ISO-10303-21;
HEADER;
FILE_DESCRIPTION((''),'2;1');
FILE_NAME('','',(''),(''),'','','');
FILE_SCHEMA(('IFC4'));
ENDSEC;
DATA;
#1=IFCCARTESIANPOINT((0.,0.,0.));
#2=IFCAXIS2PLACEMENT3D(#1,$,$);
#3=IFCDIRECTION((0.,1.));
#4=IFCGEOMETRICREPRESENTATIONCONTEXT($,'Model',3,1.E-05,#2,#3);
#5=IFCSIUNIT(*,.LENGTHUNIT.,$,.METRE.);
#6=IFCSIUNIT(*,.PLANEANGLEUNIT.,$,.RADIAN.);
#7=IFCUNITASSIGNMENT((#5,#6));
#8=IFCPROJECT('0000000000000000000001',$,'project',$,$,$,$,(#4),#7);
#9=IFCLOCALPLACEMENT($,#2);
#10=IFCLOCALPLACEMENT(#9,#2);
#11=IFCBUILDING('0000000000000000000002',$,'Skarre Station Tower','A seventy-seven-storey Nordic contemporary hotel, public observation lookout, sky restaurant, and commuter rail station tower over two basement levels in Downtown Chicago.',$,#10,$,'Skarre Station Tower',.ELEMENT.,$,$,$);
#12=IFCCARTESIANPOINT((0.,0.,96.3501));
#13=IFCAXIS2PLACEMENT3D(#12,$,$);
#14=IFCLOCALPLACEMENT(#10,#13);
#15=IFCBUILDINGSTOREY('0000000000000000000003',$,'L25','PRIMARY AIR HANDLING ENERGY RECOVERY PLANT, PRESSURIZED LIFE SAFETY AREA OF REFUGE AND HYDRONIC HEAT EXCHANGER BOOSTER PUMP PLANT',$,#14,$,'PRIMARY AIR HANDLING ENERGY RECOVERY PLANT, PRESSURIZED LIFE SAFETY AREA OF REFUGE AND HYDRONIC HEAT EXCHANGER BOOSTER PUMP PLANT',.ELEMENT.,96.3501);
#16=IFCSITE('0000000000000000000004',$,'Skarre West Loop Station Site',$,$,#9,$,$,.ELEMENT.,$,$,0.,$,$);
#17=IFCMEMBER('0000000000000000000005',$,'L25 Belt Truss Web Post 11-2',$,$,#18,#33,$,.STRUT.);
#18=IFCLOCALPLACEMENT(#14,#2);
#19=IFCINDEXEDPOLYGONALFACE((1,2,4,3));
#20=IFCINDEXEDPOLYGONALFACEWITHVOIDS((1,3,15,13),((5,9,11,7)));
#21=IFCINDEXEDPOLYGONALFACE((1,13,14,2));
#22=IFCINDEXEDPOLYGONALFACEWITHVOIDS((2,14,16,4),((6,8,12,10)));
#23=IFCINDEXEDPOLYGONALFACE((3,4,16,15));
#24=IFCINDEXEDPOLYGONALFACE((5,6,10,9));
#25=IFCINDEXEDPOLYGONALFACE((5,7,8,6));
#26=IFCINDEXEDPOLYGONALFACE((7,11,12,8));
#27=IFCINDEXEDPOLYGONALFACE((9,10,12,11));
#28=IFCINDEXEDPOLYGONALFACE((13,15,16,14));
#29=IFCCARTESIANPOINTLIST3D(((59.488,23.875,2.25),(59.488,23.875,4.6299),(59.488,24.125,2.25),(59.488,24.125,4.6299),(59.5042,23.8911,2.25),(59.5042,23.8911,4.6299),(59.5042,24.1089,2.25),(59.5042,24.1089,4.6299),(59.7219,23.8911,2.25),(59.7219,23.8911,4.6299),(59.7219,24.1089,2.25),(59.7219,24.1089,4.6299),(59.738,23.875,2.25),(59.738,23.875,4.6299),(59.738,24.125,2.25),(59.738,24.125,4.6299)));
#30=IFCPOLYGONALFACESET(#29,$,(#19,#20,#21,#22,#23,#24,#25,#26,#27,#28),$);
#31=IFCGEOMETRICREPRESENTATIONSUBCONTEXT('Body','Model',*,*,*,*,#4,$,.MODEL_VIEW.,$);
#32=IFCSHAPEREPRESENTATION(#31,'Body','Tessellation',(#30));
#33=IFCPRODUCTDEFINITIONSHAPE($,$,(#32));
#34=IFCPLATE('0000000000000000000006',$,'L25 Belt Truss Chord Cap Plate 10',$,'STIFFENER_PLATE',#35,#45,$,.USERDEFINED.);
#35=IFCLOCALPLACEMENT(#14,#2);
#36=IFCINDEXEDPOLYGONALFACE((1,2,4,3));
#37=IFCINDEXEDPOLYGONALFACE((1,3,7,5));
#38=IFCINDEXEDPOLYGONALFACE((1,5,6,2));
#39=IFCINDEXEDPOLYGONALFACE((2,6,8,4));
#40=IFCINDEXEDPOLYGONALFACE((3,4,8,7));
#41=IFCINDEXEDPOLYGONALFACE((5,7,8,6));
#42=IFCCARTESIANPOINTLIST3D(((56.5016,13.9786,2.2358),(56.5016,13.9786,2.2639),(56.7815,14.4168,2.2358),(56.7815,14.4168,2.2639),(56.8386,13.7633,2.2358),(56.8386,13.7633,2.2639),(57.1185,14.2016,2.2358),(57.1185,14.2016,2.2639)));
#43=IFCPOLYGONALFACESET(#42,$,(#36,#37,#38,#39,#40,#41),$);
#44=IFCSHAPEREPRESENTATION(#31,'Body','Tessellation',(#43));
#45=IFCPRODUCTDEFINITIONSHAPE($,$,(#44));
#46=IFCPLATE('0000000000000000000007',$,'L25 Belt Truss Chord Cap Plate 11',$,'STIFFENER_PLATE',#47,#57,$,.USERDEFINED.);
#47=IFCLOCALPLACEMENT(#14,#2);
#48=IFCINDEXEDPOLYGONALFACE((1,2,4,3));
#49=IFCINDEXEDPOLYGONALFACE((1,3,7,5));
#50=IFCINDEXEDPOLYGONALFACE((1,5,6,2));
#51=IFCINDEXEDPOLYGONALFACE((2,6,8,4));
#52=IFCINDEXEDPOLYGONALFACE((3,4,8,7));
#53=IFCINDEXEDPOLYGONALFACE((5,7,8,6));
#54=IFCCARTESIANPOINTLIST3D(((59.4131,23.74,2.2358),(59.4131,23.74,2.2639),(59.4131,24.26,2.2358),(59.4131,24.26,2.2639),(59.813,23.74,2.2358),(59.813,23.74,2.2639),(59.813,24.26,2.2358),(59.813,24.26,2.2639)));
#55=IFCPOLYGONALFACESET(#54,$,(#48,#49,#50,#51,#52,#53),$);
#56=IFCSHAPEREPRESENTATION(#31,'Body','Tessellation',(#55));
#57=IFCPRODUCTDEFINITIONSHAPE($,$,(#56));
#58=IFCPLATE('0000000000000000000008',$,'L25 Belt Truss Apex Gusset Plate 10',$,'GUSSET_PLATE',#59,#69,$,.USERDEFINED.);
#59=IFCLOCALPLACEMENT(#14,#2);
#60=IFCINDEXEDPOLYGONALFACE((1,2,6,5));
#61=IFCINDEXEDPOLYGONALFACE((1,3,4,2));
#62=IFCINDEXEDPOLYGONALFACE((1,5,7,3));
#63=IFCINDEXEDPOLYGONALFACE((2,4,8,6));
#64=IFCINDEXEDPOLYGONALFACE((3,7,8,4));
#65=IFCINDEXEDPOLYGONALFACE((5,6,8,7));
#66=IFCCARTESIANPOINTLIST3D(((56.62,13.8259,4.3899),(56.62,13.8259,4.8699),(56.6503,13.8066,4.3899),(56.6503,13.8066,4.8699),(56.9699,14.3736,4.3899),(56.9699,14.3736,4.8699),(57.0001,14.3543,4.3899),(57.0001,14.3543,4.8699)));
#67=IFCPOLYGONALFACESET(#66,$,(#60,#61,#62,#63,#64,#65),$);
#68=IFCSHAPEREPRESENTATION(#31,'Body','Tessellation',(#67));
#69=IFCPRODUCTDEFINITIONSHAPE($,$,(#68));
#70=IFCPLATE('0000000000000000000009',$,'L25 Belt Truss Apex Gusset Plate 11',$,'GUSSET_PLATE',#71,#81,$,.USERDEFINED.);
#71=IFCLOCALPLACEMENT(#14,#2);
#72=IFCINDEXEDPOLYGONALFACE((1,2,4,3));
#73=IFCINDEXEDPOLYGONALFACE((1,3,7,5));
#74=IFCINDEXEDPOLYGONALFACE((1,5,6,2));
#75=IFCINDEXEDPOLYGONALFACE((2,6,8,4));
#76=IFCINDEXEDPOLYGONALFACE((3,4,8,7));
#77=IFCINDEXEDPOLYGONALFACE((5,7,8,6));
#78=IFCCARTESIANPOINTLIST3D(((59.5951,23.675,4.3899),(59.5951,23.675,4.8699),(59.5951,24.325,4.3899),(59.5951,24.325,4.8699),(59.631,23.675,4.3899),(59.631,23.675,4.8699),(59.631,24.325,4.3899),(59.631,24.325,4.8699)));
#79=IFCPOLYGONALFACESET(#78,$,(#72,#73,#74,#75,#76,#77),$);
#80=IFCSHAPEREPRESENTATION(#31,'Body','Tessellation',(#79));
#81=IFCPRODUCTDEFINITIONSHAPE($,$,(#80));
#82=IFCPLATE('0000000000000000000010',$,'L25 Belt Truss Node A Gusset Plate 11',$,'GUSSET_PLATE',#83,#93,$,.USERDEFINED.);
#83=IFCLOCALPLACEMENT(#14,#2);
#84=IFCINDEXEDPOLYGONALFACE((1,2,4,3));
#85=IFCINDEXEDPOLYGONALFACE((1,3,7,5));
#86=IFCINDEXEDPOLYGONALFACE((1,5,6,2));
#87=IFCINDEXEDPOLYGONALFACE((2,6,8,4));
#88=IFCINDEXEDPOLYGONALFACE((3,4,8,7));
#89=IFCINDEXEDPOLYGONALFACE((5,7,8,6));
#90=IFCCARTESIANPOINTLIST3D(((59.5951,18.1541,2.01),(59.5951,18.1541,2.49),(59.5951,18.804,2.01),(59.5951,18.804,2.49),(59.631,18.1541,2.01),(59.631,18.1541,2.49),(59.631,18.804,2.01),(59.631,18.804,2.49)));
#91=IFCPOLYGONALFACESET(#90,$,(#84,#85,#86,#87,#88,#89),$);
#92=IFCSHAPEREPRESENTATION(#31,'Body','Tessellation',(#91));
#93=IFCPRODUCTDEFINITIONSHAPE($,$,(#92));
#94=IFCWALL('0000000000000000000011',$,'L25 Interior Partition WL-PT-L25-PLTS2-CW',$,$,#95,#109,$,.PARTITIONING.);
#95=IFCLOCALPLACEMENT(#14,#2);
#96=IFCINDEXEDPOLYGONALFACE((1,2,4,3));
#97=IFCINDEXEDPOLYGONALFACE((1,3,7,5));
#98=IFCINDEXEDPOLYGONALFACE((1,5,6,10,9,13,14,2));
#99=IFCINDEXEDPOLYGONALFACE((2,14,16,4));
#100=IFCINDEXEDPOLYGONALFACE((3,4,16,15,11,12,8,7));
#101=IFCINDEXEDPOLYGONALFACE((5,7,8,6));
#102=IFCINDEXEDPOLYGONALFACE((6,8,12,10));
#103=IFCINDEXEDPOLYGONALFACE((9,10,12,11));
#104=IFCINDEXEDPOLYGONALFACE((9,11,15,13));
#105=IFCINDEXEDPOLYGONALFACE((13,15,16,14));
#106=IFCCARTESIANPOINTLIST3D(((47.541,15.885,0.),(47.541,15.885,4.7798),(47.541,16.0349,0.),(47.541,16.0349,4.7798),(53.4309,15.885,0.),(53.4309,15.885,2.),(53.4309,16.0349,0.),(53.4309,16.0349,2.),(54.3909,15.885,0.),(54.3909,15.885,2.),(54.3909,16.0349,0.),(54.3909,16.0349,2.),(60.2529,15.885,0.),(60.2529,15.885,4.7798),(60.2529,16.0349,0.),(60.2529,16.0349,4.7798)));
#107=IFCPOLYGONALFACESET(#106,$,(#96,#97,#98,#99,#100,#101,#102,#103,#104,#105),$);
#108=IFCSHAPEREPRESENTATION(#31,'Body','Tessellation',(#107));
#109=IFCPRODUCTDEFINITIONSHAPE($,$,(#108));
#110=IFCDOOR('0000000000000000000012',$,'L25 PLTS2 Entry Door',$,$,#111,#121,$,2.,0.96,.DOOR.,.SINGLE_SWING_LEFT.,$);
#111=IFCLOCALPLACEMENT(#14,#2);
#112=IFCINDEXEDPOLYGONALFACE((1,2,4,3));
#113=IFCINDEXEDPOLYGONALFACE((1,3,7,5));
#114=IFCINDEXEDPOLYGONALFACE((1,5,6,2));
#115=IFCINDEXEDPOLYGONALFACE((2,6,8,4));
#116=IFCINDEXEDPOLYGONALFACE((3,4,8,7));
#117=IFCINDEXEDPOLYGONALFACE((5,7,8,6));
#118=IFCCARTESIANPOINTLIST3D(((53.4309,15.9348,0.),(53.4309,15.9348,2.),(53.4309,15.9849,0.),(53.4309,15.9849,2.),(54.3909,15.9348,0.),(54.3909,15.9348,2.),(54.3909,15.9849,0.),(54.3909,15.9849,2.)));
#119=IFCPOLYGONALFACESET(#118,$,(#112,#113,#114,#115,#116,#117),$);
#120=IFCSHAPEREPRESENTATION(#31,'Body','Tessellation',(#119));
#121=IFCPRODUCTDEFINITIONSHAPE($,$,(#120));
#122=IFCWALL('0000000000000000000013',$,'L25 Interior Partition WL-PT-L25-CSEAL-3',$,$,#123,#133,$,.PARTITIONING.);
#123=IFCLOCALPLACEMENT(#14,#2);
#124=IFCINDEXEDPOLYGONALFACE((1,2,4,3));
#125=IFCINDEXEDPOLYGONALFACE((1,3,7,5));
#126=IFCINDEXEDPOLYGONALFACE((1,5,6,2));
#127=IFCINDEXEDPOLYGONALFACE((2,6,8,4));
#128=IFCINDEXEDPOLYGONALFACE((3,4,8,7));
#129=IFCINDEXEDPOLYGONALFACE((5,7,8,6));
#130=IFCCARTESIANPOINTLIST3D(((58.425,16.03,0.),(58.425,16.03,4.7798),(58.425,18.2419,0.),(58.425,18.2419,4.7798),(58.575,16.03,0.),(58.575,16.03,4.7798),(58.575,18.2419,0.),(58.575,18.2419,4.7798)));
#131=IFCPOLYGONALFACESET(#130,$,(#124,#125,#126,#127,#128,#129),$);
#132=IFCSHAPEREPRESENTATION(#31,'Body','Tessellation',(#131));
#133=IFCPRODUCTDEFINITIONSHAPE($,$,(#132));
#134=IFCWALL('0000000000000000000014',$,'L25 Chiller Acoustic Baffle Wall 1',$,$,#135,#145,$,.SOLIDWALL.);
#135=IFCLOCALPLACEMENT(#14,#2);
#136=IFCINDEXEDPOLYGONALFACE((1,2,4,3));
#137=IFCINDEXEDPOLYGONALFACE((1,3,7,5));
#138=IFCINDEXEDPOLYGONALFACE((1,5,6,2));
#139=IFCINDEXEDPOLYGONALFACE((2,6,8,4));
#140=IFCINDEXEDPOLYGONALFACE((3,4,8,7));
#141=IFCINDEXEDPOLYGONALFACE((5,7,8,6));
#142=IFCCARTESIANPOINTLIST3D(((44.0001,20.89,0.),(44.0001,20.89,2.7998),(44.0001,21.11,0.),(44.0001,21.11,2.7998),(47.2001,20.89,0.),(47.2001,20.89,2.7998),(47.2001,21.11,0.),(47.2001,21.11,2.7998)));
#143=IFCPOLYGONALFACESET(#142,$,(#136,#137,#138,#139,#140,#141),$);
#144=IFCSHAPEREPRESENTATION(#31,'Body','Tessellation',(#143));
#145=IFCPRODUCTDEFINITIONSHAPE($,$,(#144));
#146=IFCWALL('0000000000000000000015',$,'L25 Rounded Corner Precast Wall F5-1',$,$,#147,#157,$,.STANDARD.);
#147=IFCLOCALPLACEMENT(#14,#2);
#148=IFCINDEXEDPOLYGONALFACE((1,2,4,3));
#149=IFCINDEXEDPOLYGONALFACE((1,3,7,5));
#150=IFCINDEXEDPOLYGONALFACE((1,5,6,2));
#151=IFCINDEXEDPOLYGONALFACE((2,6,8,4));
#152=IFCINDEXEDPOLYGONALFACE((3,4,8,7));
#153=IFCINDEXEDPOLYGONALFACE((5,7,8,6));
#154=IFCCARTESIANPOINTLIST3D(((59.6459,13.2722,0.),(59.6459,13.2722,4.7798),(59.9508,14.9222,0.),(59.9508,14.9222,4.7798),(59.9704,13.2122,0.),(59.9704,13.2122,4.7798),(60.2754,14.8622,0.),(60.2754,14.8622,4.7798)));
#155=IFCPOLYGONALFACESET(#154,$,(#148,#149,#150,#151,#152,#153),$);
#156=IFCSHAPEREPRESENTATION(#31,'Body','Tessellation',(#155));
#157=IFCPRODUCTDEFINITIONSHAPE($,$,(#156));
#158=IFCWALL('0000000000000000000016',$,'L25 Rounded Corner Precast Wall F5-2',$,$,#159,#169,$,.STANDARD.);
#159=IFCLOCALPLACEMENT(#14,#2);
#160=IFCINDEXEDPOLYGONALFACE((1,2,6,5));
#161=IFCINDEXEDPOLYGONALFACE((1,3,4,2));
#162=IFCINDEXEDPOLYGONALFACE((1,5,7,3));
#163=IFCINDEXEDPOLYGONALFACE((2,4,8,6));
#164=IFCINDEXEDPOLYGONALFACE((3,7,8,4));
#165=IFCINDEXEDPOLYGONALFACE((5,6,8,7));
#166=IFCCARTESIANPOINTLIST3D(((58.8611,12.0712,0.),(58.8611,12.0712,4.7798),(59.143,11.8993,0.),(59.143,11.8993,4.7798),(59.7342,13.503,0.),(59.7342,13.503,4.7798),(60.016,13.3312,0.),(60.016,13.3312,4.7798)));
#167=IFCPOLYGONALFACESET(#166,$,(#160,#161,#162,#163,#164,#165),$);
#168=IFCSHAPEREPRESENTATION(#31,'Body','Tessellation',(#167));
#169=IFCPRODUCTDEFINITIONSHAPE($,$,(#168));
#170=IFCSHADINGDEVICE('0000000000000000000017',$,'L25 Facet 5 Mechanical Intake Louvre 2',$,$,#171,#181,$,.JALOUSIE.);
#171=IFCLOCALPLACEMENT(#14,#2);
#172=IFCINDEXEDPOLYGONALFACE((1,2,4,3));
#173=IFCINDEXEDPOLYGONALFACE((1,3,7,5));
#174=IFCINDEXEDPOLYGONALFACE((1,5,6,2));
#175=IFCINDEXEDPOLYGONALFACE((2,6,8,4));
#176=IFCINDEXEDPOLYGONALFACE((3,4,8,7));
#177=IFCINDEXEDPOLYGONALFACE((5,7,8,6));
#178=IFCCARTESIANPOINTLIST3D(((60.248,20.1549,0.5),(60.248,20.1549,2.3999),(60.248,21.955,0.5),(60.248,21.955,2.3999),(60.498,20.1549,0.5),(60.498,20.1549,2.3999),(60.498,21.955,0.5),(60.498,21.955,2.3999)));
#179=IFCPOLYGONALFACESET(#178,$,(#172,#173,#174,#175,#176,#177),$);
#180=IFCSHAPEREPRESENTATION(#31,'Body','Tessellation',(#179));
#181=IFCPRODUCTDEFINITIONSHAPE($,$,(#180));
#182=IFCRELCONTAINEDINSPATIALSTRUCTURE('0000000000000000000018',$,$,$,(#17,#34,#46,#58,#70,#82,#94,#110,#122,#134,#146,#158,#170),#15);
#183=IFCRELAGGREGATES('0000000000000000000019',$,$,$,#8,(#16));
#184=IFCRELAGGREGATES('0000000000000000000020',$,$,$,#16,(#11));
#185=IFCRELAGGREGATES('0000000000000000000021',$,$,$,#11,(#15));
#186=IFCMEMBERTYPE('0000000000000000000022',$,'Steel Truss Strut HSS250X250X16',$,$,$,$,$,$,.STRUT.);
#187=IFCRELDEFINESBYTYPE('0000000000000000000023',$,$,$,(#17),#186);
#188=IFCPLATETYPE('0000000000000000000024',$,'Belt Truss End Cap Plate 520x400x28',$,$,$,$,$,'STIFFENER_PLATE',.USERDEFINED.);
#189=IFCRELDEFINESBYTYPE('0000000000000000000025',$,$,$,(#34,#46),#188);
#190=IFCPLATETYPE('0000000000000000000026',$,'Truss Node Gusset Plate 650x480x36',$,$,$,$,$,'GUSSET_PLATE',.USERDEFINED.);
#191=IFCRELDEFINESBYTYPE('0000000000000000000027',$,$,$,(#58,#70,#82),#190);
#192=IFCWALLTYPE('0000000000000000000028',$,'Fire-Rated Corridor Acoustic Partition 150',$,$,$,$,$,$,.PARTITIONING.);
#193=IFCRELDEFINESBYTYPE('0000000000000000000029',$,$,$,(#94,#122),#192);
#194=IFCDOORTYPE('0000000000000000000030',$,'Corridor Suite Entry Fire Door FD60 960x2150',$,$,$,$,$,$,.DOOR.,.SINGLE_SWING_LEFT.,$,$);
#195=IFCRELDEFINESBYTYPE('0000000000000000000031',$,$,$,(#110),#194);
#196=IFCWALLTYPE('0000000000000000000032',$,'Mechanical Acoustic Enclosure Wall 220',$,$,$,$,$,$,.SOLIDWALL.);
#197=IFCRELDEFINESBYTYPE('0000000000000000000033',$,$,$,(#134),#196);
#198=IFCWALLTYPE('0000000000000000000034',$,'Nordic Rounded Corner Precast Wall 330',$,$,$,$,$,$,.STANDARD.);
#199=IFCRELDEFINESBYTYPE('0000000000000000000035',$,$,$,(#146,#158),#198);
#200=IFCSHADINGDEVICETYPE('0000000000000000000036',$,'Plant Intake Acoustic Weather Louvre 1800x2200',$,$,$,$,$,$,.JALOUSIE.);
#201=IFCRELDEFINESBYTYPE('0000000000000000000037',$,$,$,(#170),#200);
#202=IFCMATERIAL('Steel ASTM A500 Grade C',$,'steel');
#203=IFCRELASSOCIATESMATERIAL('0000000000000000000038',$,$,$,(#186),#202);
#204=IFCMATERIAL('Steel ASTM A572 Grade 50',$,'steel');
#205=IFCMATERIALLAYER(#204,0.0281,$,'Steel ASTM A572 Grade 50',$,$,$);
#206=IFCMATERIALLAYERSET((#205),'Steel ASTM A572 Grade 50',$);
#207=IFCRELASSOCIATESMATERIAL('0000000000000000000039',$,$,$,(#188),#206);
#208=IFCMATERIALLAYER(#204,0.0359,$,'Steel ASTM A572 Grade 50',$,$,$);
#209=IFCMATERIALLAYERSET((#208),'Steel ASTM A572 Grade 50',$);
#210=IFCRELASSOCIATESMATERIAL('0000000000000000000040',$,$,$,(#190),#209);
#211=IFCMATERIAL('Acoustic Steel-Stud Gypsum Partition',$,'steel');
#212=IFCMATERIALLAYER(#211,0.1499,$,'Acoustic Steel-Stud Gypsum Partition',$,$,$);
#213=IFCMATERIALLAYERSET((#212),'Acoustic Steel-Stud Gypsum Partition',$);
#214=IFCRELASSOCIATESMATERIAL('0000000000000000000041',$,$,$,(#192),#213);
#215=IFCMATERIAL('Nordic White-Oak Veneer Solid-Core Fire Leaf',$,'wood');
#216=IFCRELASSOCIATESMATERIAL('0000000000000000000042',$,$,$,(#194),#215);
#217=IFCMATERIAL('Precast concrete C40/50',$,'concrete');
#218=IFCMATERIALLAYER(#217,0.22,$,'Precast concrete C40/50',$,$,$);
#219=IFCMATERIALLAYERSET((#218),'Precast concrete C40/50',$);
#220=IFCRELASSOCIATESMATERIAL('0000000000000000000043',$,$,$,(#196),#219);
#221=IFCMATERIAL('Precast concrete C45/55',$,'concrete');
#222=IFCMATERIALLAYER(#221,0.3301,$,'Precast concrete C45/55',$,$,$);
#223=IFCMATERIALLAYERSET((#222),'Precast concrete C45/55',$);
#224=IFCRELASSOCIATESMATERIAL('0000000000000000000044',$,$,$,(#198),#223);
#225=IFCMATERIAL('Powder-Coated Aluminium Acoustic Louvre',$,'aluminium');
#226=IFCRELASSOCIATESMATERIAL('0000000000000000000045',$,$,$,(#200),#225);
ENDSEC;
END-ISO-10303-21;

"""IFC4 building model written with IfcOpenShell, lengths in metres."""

from ifc_helpers import new_model, si_unit, direction, frame, frame_2d, origin, origin_2d, place, context, subcontext, project, spatial, rectangle, hollow_rectangle, extrude, material, layer, layer_set, material_profile, profile_set, type_object, element, fill, save


model = new_model("IFC4")

# Units and contexts
model_context = context("Model", 3, precision=1e-05, world=origin(), true_north=direction((0.0, 1.0)))
body_context = subcontext(model_context, "Body", "Model", "MODEL_VIEW")
ifc_project = project(units=[si_unit("LENGTHUNIT", "METRE"), si_unit("PLANEANGLEUNIT", "RADIAN")], contexts=[model_context])

# Site, building, storey
site_placement = place(None, origin())
site = spatial("IfcSite", under=ifc_project, at=site_placement, Name="Skarre West Loop Station Site", CompositionType="ELEMENT", RefElevation=0.0)
building_placement = place(site_placement, origin())
building = spatial("IfcBuilding", under=site, at=building_placement, Name="Skarre Station Tower", Description="A seventy-seven-storey Nordic contemporary hotel, public observation lookout, sky restaurant, and commuter rail station tower over two basement levels in Downtown Chicago.", LongName="Skarre Station Tower", CompositionType="ELEMENT")
storey_placement = place(building_placement, frame((0.0, 0.0, 96.3501)))
storey = spatial("IfcBuildingStorey", under=building, at=storey_placement, Name="L25", Description="PRIMARY AIR HANDLING ENERGY RECOVERY PLANT, PRESSURIZED LIFE SAFETY AREA OF REFUGE AND HYDRONIC HEAT EXCHANGER BOOSTER PUMP PLANT", LongName="PRIMARY AIR HANDLING ENERGY RECOVERY PLANT, PRESSURIZED LIFE SAFETY AREA OF REFUGE AND HYDRONIC HEAT EXCHANGER BOOSTER PUMP PLANT", CompositionType="ELEMENT", Elevation=96.3501)

# Member
ifc_material_1 = material(Name="Steel ASTM A500 Grade C", Category="steel")
ifc_material_profile_1 = material_profile(ifc_material_1, hollow_rectangle(XDim=0.25, YDim=0.25, WallThickness=0.0161, at=origin_2d()), Name="Steel ASTM A500 Grade C")
ifc_profile_set_1 = profile_set([ifc_material_profile_1], Name="Steel ASTM A500 Grade C")
member_type_1 = type_object("IfcMemberType", Name="Steel Truss Strut HSS250X250X16", PredefinedType="STRUT", material=ifc_profile_set_1)
for number, where, z_axis, x_axis, name in (
    (1, (59.613, 24.0, 2.25), (0.0, 0.0, 1.0), (1.0, 0.0, 0.0), "L25 Belt Truss Web Post 11-2"),
):
    element("IfcMember", number, at=place(storey_placement, frame(where, z_axis=z_axis, x_axis=x_axis)), inside=storey, type_object=member_type_1, Name=name, PredefinedType="STRUT", context=body_context, shape_type="SweptSolid", body=[
        extrude(hollow_rectangle(XDim=0.25, YDim=0.25, WallThickness=0.0161, at=origin_2d()), origin(), (0.0, 0.0, 1.0), 2.3799),
    ])

# Plates
ifc_material_2 = material(Name="Steel ASTM A572 Grade 50", Category="steel")
ifc_layer_1 = layer(ifc_material_2, 0.0281, Name="Steel ASTM A572 Grade 50")
ifc_layer_set_1 = layer_set([ifc_layer_1], Name="Steel ASTM A572 Grade 50")
plate_type_1 = type_object("IfcPlateType", Name="Belt Truss End Cap Plate 520x400x28", ElementType="STIFFENER_PLATE", PredefinedType="USERDEFINED", material=ifc_layer_set_1)
for number, where, z_axis, x_axis, name in (
    (2, (56.8101, 14.0901, 2.2358), (0.0, 0.0, 1.0), (0.538285, 0.842763, 0.0), "L25 Belt Truss Chord Cap Plate 10"),
    (3, (59.613, 24.0, 2.2358), (0.0, 0.0, 1.0), (0.0, 1.0, 0.0), "L25 Belt Truss Chord Cap Plate 11"),
):
    element("IfcPlate", number, at=place(storey_placement, frame(where, z_axis=z_axis, x_axis=x_axis)), inside=storey, type_object=plate_type_1, Name=name, ObjectType="STIFFENER_PLATE", PredefinedType="USERDEFINED", context=body_context, shape_type="SweptSolid", body=[
        extrude(rectangle(XDim=0.52, YDim=0.3999, at=origin_2d()), origin(), (0.0, 0.0, 1.0), 0.0281),
    ])
ifc_layer_2 = layer(ifc_material_2, 0.0359, Name="Steel ASTM A572 Grade 50")
ifc_layer_set_2 = layer_set([ifc_layer_2], Name="Steel ASTM A572 Grade 50")
plate_type_2 = type_object("IfcPlateType", Name="Truss Node Gusset Plate 650x480x36", ElementType="GUSSET_PLATE", PredefinedType="USERDEFINED", material=ifc_layer_set_2)
for number, where, z_axis, x_axis, name in (
    (4, (56.8101, 14.0901, 4.3899), (0.0, 0.0, 1.0), (0.538285, 0.842763, 0.0), "L25 Belt Truss Apex Gusset Plate 10"),
    (5, (59.613, 24.0, 4.3899), (0.0, 0.0, 1.0), (0.0, 1.0, 0.0), "L25 Belt Truss Apex Gusset Plate 11"),
    (6, (59.613, 18.479, 2.01), (0.0, 0.0, 1.0), (0.0, 1.0, 0.0), "L25 Belt Truss Node A Gusset Plate 11"),
):
    element("IfcPlate", number, at=place(storey_placement, frame(where, z_axis=z_axis, x_axis=x_axis)), inside=storey, type_object=plate_type_2, Name=name, ObjectType="GUSSET_PLATE", PredefinedType="USERDEFINED", context=body_context, shape_type="SweptSolid", body=[
        extrude(rectangle(XDim=0.6499, YDim=0.0359, at=origin_2d()), origin(), (0.0, 0.0, 1.0), 0.48),
    ])

# Wall, opening, door
ifc_material_3 = material(Name="Acoustic Steel-Stud Gypsum Partition", Category="steel")
ifc_layer_3 = layer(ifc_material_3, 0.1499, Name="Acoustic Steel-Stud Gypsum Partition")
ifc_layer_set_3 = layer_set([ifc_layer_3], Name="Acoustic Steel-Stud Gypsum Partition")
wall_type_1 = type_object("IfcWallType", Name="Fire-Rated Corridor Acoustic Partition 150", PredefinedType="PARTITIONING", material=ifc_layer_set_3)
wall_1_placement = place(storey_placement, frame((47.541, 15.96, 0.0), z_axis=(0.0, 0.0, 1.0), x_axis=(1.0, 0.0, 0.0)))
wall_1 = element("IfcWall", 7, at=wall_1_placement, inside=storey, type_object=wall_type_1, Name="L25 Interior Partition WL-PT-L25-PLTS2-CW", PredefinedType="PARTITIONING", context=body_context, shape_type="SweptSolid", body=[
    extrude(rectangle(XDim=12.7119, YDim=0.1499, at=frame_2d((6.356, 0.0))), origin(), (0.0, 0.0, 1.0), 4.7798),
])
opening_placement = place(wall_1_placement, frame((5.8899, 0.0, 0.0)))
opening = element("IfcOpeningElement", 8, at=opening_placement, cuts=wall_1, PredefinedType="OPENING", context=body_context, shape_type="SweptSolid", body=[
    extrude(rectangle(XDim=0.96, YDim=2.0, at=frame_2d((0.48, 1.0))), frame((0.0, 0.085, 0.0), z_axis=(0.0, -1.0, 0.0), x_axis=(1.0, 0.0, 0.0)), (0.0, 0.0, 1.0), 0.1699),
])
ifc_material_4 = material(Name="Nordic White-Oak Veneer Solid-Core Fire Leaf", Category="wood")
door_type = type_object("IfcDoorType", Name="Corridor Suite Entry Fire Door FD60 960x2150", OperationType="SINGLE_SWING_LEFT", PredefinedType="DOOR", material=ifc_material_4)
door_placement = place(opening_placement, origin())
door = element("IfcDoor", 9, at=door_placement, inside=storey, type_object=door_type, Name="L25 PLTS2 Entry Door", OperationType="SINGLE_SWING_LEFT", OverallHeight=2.0, OverallWidth=0.96, PredefinedType="DOOR", context=body_context, shape_type="SweptSolid", body=[
    extrude(rectangle(XDim=0.96, YDim=2.0, at=frame_2d((0.48, 1.0))), frame((0.0, 0.0249, 0.0), z_axis=(0.0, -1.0, 0.0), x_axis=(1.0, 0.0, 0.0)), (0.0, 0.0, 1.0), 0.05),
])
fill(opening, door)

# Walls
wall_2_placement = place(storey_placement, frame((58.5, 18.2419, 0.0), z_axis=(0.0, 0.0, 1.0), x_axis=(0.0, -1.0, 0.0)))
element("IfcWall", 10, at=wall_2_placement, inside=storey, type_object=wall_type_1, Name="L25 Interior Partition WL-PT-L25-CSEAL-3", PredefinedType="PARTITIONING", context=body_context, shape_type="SweptSolid", body=[
    extrude(rectangle(XDim=2.2119, YDim=0.1499, at=frame_2d((1.106, 0.0))), origin(), (0.0, 0.0, 1.0), 4.7798),
])
ifc_material_5 = material(Name="Precast concrete C40/50", Category="concrete")
ifc_layer_4 = layer(ifc_material_5, 0.22, Name="Precast concrete C40/50")
ifc_layer_set_4 = layer_set([ifc_layer_4], Name="Precast concrete C40/50")
wall_type_2 = type_object("IfcWallType", Name="Mechanical Acoustic Enclosure Wall 220", PredefinedType="SOLIDWALL", material=ifc_layer_set_4)
wall_3_placement = place(storey_placement, frame((44.0, 21.0, 0.0), z_axis=(0.0, 0.0, 1.0), x_axis=(1.0, 0.0, 0.0)))
element("IfcWall", 11, at=wall_3_placement, inside=storey, type_object=wall_type_2, Name="L25 Chiller Acoustic Baffle Wall 1", PredefinedType="SOLIDWALL", context=body_context, shape_type="SweptSolid", body=[
    extrude(rectangle(XDim=3.2, YDim=0.22, at=frame_2d((1.6001, 0.0))), origin(), (0.0, 0.0, 1.0), 2.7998),
])
ifc_material_6 = material(Name="Precast concrete C45/55", Category="concrete")
ifc_layer_5 = layer(ifc_material_6, 0.3301, Name="Precast concrete C45/55")
ifc_layer_set_5 = layer_set([ifc_layer_5], Name="Precast concrete C45/55")
wall_type_3 = type_object("IfcWallType", Name="Nordic Rounded Corner Precast Wall 330", PredefinedType="STANDARD", material=ifc_layer_set_5)
wall_4_placement = place(storey_placement, frame((60.113, 14.8921, 0.0), z_axis=(0.0, 0.0, 1.0), x_axis=(-0.181714, -0.983351, 0.0)))
element("IfcWall", 12, at=wall_4_placement, inside=storey, type_object=wall_type_3, Name="L25 Rounded Corner Precast Wall F5-1", PredefinedType="STANDARD", context=body_context, shape_type="SweptSolid", body=[
    extrude(rectangle(XDim=1.678, YDim=0.3301, at=frame_2d((0.8389, 0.0))), origin(), (0.0, 0.0, 1.0), 4.7798),
])
wall_5_placement = place(storey_placement, frame((59.875, 13.417, 0.0), z_axis=(0.0, 0.0, 1.0), x_axis=(-0.520584, -0.85381, 0.0)))
element("IfcWall", 13, at=wall_5_placement, inside=storey, type_object=wall_type_3, Name="L25 Rounded Corner Precast Wall F5-2", PredefinedType="STANDARD", context=body_context, shape_type="SweptSolid", body=[
    extrude(rectangle(XDim=1.677, YDim=0.3301, at=frame_2d((0.8384, 0.0))), origin(), (0.0, 0.0, 1.0), 4.7798),
])

# Shading device
ifc_material_7 = material(Name="Powder-Coated Aluminium Acoustic Louvre", Category="aluminium")
shading_device_type = type_object("IfcShadingDeviceType", Name="Plant Intake Acoustic Weather Louvre 1800x2200", PredefinedType="JALOUSIE", material=ifc_material_7)
shading_device_placement = place(storey_placement, frame((60.373, 21.0549, 0.5), z_axis=(0.0, 0.0, 1.0), x_axis=(1.0, 0.0, 0.0)))
element("IfcShadingDevice", 14, at=shading_device_placement, inside=storey, type_object=shading_device_type, Name="L25 Facet 5 Mechanical Intake Louvre 2", PredefinedType="JALOUSIE", context=body_context, shape_type="SweptSolid", body=[
    extrude(rectangle(XDim=0.25, YDim=1.8, at=origin_2d()), origin(), (0.0, 0.0, 1.0), 1.8999),
])

save(model, "model.ifc")
